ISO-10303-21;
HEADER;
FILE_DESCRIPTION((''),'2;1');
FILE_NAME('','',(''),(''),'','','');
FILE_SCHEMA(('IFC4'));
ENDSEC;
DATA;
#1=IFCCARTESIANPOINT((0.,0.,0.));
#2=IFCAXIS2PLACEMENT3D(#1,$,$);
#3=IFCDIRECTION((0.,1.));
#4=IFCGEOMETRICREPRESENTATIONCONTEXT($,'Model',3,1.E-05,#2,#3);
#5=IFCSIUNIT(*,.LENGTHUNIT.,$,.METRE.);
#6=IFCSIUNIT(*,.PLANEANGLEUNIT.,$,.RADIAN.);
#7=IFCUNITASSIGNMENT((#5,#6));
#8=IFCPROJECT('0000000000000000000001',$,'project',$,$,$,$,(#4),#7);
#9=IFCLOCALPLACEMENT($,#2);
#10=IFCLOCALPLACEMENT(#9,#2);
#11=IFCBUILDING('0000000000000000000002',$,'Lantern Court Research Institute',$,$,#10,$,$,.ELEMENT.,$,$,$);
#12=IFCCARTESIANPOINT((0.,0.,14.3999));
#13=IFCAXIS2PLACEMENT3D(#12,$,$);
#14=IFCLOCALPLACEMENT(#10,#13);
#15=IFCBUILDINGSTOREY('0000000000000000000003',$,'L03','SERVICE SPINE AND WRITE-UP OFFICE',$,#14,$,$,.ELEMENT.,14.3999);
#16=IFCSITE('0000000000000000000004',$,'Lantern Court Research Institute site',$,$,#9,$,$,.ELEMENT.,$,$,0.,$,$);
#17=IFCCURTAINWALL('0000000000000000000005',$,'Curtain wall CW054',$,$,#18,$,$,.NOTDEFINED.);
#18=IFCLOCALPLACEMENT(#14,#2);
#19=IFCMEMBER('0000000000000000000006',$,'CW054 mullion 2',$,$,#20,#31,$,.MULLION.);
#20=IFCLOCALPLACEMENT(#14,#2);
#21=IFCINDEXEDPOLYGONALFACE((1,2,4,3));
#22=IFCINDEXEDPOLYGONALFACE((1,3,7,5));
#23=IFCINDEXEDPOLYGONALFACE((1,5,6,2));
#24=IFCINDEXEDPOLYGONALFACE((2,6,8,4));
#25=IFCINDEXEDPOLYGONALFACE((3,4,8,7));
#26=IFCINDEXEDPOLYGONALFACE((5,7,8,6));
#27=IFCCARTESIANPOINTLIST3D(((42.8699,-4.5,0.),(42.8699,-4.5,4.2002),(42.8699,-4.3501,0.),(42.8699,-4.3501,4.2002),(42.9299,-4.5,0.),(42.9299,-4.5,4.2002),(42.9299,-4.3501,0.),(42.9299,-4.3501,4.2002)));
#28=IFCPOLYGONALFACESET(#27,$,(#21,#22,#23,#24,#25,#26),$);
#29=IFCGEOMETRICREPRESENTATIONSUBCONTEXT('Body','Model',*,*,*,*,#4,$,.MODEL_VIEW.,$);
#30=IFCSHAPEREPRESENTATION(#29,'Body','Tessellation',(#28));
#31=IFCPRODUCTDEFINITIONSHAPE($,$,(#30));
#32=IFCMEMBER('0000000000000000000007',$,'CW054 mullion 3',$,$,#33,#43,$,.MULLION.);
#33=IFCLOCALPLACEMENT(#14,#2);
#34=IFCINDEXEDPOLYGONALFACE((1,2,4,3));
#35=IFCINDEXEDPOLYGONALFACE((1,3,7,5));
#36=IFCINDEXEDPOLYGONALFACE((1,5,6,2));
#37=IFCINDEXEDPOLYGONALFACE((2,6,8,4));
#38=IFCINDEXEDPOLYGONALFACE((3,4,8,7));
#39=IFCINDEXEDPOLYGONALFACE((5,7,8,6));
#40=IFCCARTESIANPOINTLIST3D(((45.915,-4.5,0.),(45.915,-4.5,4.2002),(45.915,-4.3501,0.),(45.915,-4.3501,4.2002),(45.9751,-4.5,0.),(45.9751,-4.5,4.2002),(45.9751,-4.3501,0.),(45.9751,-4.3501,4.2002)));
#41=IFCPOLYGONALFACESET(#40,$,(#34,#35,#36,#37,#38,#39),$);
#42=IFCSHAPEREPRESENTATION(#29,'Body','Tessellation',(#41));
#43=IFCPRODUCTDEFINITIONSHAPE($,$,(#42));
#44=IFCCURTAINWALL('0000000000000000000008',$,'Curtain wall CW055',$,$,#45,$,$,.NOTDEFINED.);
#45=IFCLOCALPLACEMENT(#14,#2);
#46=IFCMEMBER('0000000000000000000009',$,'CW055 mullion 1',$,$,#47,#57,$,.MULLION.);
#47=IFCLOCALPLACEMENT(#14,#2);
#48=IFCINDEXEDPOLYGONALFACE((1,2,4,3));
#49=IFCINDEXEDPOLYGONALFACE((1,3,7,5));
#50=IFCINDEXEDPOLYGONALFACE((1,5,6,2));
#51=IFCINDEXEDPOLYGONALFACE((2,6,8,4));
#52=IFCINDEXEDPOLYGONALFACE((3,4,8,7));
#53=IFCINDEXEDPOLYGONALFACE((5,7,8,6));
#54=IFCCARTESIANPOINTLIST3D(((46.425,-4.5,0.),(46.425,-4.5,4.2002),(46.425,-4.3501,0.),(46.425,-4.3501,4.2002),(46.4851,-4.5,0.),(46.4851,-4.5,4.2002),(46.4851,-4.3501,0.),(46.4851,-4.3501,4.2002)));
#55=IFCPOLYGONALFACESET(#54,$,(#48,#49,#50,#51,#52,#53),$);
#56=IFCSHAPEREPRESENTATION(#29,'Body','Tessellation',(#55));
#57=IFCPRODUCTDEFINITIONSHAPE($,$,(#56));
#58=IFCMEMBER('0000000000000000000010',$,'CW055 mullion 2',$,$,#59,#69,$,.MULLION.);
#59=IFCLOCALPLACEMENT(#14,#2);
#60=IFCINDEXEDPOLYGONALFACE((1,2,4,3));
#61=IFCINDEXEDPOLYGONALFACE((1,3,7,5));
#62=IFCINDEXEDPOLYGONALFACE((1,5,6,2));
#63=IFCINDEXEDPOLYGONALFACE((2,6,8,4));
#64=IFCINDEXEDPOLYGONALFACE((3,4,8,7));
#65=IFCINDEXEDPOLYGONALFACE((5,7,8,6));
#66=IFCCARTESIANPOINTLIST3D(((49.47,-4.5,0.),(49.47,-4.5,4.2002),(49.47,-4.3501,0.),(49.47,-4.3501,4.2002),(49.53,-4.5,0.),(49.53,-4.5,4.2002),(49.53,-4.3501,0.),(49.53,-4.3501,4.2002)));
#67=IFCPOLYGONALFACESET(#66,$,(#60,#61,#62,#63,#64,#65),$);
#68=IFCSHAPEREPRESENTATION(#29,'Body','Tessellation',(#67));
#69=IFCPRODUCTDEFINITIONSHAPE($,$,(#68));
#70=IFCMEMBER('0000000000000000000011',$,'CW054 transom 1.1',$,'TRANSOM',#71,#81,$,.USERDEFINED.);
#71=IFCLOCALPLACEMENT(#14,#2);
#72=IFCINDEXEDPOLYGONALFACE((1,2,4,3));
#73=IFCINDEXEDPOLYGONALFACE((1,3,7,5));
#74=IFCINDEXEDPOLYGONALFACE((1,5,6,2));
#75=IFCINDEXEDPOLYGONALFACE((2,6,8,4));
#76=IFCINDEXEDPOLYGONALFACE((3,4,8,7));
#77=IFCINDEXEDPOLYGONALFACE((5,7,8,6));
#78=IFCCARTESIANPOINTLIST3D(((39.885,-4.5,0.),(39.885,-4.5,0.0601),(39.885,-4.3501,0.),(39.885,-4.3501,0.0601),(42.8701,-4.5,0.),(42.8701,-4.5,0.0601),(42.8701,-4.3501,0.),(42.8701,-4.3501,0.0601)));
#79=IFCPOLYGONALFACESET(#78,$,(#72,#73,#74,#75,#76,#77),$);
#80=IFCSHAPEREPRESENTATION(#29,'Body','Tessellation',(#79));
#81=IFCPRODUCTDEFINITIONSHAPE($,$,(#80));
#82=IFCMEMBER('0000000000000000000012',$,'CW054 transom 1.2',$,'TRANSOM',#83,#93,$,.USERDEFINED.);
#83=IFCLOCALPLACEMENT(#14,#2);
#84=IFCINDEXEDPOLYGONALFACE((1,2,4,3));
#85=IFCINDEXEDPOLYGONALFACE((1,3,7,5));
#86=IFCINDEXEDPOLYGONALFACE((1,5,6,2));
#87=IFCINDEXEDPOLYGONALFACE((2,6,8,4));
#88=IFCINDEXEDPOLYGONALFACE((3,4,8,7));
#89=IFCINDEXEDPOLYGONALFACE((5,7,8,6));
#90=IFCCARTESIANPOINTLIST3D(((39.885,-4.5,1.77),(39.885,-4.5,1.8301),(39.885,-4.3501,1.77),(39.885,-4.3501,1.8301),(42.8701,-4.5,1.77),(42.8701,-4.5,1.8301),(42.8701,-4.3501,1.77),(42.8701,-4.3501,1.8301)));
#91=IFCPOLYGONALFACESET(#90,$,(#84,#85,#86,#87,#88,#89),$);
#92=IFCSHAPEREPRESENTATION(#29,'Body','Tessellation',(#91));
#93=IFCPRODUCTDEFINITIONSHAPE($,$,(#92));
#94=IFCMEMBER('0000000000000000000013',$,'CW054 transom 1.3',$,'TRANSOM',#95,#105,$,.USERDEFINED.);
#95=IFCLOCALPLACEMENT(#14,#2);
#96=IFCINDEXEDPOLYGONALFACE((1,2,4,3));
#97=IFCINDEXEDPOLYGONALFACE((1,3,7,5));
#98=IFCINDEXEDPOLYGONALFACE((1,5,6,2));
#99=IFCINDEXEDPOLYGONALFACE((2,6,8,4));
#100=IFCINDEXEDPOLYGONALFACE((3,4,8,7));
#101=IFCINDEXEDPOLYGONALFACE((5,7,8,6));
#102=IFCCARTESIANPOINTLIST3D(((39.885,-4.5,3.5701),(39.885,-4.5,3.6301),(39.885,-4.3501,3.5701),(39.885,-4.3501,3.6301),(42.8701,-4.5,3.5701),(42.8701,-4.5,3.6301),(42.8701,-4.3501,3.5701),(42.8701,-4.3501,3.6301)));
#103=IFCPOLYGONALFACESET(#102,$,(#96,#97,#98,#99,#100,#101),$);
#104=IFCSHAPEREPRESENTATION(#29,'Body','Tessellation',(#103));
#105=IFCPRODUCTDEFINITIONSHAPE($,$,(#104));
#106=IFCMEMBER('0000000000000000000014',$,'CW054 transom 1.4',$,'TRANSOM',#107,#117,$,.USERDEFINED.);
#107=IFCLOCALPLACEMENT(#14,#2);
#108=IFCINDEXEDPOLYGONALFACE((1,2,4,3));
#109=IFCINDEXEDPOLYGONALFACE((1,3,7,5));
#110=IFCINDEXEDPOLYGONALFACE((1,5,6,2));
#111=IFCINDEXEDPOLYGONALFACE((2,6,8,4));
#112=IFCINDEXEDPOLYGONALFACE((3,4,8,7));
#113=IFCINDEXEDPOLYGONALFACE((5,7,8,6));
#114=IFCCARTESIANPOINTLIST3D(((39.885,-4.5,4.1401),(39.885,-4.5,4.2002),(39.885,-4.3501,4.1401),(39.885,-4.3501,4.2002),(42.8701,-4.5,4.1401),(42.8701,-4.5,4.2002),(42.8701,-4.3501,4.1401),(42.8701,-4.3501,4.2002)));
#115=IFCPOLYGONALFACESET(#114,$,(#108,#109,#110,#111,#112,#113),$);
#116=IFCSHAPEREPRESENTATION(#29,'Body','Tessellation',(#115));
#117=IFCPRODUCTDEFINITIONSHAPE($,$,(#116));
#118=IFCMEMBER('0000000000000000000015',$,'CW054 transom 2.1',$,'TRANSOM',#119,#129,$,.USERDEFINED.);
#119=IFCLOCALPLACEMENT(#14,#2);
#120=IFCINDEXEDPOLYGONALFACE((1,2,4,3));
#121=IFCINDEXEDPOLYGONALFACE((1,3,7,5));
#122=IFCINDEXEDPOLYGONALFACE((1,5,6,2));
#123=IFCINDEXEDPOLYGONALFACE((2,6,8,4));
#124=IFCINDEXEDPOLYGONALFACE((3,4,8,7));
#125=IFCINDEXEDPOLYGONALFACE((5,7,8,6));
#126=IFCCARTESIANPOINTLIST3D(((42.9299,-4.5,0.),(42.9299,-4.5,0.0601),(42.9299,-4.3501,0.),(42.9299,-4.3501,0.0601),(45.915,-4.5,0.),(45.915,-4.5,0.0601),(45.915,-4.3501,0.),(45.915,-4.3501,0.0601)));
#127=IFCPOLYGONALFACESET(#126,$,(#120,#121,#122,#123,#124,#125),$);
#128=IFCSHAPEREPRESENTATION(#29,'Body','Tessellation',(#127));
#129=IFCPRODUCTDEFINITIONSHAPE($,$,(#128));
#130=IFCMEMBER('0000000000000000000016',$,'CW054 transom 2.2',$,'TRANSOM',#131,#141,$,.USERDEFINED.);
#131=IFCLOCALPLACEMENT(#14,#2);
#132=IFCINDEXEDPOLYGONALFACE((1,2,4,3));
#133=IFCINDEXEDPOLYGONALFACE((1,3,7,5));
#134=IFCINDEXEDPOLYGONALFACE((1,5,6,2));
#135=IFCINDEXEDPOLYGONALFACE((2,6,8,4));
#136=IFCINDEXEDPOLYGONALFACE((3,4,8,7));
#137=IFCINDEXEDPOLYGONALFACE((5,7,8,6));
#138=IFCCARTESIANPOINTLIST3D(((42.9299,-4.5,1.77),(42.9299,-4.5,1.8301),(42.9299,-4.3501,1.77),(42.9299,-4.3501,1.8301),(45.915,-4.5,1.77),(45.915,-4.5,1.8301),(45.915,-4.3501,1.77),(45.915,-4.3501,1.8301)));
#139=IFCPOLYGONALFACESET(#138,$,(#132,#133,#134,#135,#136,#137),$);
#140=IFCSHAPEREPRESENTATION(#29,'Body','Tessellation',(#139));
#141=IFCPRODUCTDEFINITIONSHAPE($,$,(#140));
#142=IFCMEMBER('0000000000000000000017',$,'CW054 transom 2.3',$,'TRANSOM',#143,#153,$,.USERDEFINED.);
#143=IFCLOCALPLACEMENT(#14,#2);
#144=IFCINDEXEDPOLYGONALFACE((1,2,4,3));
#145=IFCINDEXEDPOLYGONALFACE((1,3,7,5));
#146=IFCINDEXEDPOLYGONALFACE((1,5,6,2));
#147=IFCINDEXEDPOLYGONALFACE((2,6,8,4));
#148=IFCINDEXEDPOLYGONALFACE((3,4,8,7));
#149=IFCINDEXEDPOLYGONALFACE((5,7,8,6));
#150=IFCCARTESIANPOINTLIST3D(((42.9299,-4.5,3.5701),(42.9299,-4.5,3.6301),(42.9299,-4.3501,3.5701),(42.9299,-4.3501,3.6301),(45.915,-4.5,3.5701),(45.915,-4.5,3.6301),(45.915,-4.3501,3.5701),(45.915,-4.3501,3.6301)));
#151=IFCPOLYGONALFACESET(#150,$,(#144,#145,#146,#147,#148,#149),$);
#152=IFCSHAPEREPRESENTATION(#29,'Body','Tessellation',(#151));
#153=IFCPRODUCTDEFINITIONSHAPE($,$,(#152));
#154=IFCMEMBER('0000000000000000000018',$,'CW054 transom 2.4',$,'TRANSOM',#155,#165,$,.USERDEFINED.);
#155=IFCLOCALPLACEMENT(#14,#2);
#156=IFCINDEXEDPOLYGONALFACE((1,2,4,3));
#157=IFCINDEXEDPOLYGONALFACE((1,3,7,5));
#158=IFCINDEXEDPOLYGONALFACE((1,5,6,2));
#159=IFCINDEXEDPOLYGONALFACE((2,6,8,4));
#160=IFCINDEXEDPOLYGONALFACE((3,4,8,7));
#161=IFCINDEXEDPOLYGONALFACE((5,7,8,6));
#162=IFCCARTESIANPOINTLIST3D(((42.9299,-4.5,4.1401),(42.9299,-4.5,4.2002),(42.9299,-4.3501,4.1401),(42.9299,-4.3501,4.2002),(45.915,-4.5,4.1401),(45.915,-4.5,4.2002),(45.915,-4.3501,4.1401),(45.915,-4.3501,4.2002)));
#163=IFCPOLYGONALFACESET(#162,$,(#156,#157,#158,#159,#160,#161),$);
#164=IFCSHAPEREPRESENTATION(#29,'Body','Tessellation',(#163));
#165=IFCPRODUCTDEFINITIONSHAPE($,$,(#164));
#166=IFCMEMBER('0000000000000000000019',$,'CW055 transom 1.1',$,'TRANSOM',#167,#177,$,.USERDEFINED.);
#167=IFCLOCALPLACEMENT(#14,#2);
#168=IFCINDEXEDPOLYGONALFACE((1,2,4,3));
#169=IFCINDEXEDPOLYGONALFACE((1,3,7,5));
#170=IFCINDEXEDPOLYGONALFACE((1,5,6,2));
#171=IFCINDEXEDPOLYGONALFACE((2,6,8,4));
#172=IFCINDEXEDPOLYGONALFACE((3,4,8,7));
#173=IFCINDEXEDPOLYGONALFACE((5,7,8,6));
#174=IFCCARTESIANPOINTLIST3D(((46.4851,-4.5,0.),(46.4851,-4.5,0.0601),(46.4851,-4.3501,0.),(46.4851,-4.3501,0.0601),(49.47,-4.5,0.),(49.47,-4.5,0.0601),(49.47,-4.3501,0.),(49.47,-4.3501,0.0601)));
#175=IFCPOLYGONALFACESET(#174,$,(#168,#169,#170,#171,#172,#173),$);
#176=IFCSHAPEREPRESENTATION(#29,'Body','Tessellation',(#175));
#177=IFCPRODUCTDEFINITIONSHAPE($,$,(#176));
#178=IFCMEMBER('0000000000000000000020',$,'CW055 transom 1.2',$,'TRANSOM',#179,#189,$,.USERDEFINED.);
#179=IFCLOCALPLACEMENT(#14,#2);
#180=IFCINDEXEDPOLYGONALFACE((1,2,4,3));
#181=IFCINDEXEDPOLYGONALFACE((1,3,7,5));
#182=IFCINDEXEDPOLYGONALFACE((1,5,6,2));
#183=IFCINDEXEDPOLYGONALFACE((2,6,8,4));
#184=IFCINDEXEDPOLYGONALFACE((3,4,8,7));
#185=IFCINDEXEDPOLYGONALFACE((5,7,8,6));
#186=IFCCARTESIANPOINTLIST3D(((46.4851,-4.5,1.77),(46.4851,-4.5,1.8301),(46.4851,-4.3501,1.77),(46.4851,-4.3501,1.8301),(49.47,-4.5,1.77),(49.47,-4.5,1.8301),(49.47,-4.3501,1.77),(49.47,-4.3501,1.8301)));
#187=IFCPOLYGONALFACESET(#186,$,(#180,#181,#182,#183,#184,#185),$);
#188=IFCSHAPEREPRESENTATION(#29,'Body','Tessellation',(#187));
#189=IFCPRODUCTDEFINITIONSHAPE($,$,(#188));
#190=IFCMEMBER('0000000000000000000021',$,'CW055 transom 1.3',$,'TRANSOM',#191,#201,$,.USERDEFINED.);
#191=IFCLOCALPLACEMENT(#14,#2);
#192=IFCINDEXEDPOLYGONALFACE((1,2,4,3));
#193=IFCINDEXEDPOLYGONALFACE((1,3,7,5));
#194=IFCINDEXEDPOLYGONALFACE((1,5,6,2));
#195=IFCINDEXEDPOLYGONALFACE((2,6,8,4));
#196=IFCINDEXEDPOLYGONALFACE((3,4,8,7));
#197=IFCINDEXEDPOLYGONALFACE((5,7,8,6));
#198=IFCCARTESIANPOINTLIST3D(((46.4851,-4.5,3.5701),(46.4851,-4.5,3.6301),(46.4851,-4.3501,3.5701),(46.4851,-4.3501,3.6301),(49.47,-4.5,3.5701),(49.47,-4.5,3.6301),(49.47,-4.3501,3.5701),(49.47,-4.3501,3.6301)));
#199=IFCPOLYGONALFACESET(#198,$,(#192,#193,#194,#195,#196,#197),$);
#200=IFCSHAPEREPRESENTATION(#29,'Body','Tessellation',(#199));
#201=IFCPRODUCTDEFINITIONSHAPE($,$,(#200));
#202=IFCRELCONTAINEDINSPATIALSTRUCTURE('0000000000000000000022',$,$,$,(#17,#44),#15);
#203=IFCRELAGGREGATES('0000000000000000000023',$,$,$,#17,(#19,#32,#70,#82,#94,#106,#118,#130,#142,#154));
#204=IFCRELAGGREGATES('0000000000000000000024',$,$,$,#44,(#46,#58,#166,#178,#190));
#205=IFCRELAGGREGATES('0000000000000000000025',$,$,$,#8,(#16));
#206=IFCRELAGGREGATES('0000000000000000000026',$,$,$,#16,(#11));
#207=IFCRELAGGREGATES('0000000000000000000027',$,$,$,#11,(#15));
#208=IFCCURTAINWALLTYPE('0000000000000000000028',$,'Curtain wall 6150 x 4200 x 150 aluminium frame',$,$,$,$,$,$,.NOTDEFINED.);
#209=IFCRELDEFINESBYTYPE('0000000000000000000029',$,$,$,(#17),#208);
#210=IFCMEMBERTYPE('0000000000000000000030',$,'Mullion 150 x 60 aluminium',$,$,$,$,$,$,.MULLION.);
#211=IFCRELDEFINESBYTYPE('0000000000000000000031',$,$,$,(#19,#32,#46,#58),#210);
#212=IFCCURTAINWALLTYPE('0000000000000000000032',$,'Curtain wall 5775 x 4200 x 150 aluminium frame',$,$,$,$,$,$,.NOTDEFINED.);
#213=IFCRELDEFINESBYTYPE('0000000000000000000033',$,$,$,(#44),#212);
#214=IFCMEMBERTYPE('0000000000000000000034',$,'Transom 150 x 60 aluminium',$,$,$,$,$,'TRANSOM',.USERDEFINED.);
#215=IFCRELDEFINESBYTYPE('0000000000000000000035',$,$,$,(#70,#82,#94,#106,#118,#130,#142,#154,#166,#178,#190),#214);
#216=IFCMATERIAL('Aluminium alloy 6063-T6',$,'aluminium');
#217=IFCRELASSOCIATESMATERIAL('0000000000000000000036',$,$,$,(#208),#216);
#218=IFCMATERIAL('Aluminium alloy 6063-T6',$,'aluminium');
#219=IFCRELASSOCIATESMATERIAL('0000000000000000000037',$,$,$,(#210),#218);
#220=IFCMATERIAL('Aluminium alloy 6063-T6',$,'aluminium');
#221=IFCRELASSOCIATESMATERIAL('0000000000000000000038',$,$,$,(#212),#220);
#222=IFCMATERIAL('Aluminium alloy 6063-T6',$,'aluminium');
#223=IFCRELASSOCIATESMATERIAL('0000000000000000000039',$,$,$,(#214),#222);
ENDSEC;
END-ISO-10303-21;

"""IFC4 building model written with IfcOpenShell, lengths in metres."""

from ifc_helpers import new_model, si_unit, direction, frame, origin, origin_2d, place, context, subcontext, project, spatial, rectangle, extrude, material, material_profile, profile_set, type_object, element, aggregate, save


model = new_model("IFC4")

# Units and contexts
model_context = context("Model", 3, precision=1e-05, world=origin(), true_north=direction((0.0, 1.0)))
body_context = subcontext(model_context, "Body", "Model", "MODEL_VIEW")
ifc_project = project(units=[si_unit("LENGTHUNIT", "METRE"), si_unit("PLANEANGLEUNIT", "RADIAN")], contexts=[model_context])

# Site, building, storey
site_placement = place(None, origin())
site = spatial("IfcSite", under=ifc_project, at=site_placement, Name="Lantern Court Research Institute site", CompositionType="ELEMENT", RefElevation=0.0)
building_placement = place(site_placement, origin())
building = spatial("IfcBuilding", under=site, at=building_placement, Name="Lantern Court Research Institute", CompositionType="ELEMENT")
storey_placement = place(building_placement, frame((0.0, 0.0, 14.3999)))
storey = spatial("IfcBuildingStorey", under=building, at=storey_placement, Name="L03", Description="SERVICE SPINE AND WRITE-UP OFFICE", CompositionType="ELEMENT", Elevation=14.3999)

# Curtain walls, members
ifc_material_1 = material(Name="Aluminium alloy 6063-T6", Category="aluminium")
curtain_wall_type_1 = type_object("IfcCurtainWallType", Name="Curtain wall 6150 x 4200 x 150 aluminium frame", PredefinedType="NOTDEFINED", material=ifc_material_1)
curtain_wall_1_placement = place(storey_placement, origin())
curtain_wall_1 = element("IfcCurtainWall", 1, at=curtain_wall_1_placement, inside=storey, type_object=curtain_wall_type_1, Name="Curtain wall CW054", PredefinedType="NOTDEFINED")
ifc_material_2 = material(Name="Aluminium alloy 6063-T6", Category="aluminium")
ifc_material_profile_1 = material_profile(ifc_material_2, rectangle(XDim=0.1499, YDim=0.0601, at=origin_2d()), Name="Mullion 150 x 60")
ifc_profile_set_1 = profile_set([ifc_material_profile_1], Name="Aluminium alloy 6063-T6")
member_type_1 = type_object("IfcMemberType", Name="Mullion 150 x 60 aluminium", PredefinedType="MULLION", material=ifc_profile_set_1)
member_1_placement = place(storey_placement, frame((42.8999, -4.425, 0.0), z_axis=(0.0, 0.0, 1.0), x_axis=(0.0, -1.0, 0.0)))
member_1 = element("IfcMember", 2, at=member_1_placement, type_object=member_type_1, Name="CW054 mullion 2", PredefinedType="MULLION", context=body_context, shape_type="SweptSolid", body=[
    extrude(rectangle(XDim=0.1499, YDim=0.0601, at=origin_2d()), origin(), (0.0, 0.0, 1.0), 4.2002),
])
member_2_placement = place(storey_placement, frame((45.9451, -4.425, 0.0), z_axis=(0.0, 0.0, 1.0), x_axis=(0.0, -1.0, 0.0)))
member_2 = element("IfcMember", 3, at=member_2_placement, type_object=member_type_1, Name="CW054 mullion 3", PredefinedType="MULLION", context=body_context, shape_type="SweptSolid", body=[
    extrude(rectangle(XDim=0.1499, YDim=0.0601, at=origin_2d()), origin(), (0.0, 0.0, 1.0), 4.2002),
])
ifc_material_3 = material(Name="Aluminium alloy 6063-T6", Category="aluminium")
curtain_wall_type_2 = type_object("IfcCurtainWallType", Name="Curtain wall 5775 x 4200 x 150 aluminium frame", PredefinedType="NOTDEFINED", material=ifc_material_3)
curtain_wall_2_placement = place(storey_placement, origin())
curtain_wall_2 = element("IfcCurtainWall", 4, at=curtain_wall_2_placement, inside=storey, type_object=curtain_wall_type_2, Name="Curtain wall CW055", PredefinedType="NOTDEFINED")
member_3_placement = place(storey_placement, frame((46.4551, -4.425, 0.0), z_axis=(0.0, 0.0, 1.0), x_axis=(0.0, -1.0, 0.0)))
member_3 = element("IfcMember", 5, at=member_3_placement, type_object=member_type_1, Name="CW055 mullion 1", PredefinedType="MULLION", context=body_context, shape_type="SweptSolid", body=[
    extrude(rectangle(XDim=0.1499, YDim=0.0601, at=origin_2d()), origin(), (0.0, 0.0, 1.0), 4.2002),
])
member_4_placement = place(storey_placement, frame((49.5, -4.425, 0.0), z_axis=(0.0, 0.0, 1.0), x_axis=(0.0, -1.0, 0.0)))
member_4 = element("IfcMember", 6, at=member_4_placement, type_object=member_type_1, Name="CW055 mullion 2", PredefinedType="MULLION", context=body_context, shape_type="SweptSolid", body=[
    extrude(rectangle(XDim=0.1499, YDim=0.0601, at=origin_2d()), origin(), (0.0, 0.0, 1.0), 4.2002),
])

# Members
ifc_material_4 = material(Name="Aluminium alloy 6063-T6", Category="aluminium")
ifc_material_profile_2 = material_profile(ifc_material_4, rectangle(XDim=0.1499, YDim=0.0601, at=origin_2d()), Name="Transom 150 x 60")
ifc_profile_set_2 = profile_set([ifc_material_profile_2], Name="Aluminium alloy 6063-T6")
member_type_2 = type_object("IfcMemberType", Name="Transom 150 x 60 aluminium", ElementType="TRANSOM", PredefinedType="USERDEFINED", material=ifc_profile_set_2)
member_5_placement = place(storey_placement, frame((42.8701, -4.425, 0.03), z_axis=(-1.0, 0.0, 0.0), x_axis=(0.0, -1.0, 0.0)))
member_5 = element("IfcMember", 7, at=member_5_placement, type_object=member_type_2, Name="CW054 transom 1.1", ObjectType="TRANSOM", PredefinedType="USERDEFINED", context=body_context, shape_type="SweptSolid", body=[
    extrude(rectangle(XDim=0.1499, YDim=0.0601, at=origin_2d()), origin(), (0.0, 0.0, 1.0), 2.9851),
])
member_6_placement = place(storey_placement, frame((42.8701, -4.425, 1.8), z_axis=(-1.0, 0.0, 0.0), x_axis=(0.0, -1.0, 0.0)))
member_6 = element("IfcMember", 8, at=member_6_placement, type_object=member_type_2, Name="CW054 transom 1.2", ObjectType="TRANSOM", PredefinedType="USERDEFINED", context=body_context, shape_type="SweptSolid", body=[
    extrude(rectangle(XDim=0.1499, YDim=0.0601, at=origin_2d()), origin(), (0.0, 0.0, 1.0), 2.9851),
])
member_7_placement = place(storey_placement, frame((42.8701, -4.425, 3.6001), z_axis=(-1.0, 0.0, 0.0), x_axis=(0.0, -1.0, 0.0)))
member_7 = element("IfcMember", 9, at=member_7_placement, type_object=member_type_2, Name="CW054 transom 1.3", ObjectType="TRANSOM", PredefinedType="USERDEFINED", context=body_context, shape_type="SweptSolid", body=[
    extrude(rectangle(XDim=0.1499, YDim=0.0601, at=origin_2d()), origin(), (0.0, 0.0, 1.0), 2.9851),
])
member_8_placement = place(storey_placement, frame((42.8701, -4.425, 4.1702), z_axis=(-1.0, 0.0, 0.0), x_axis=(0.0, -1.0, 0.0)))
member_8 = element("IfcMember", 10, at=member_8_placement, type_object=member_type_2, Name="CW054 transom 1.4", ObjectType="TRANSOM", PredefinedType="USERDEFINED", context=body_context, shape_type="SweptSolid", body=[
    extrude(rectangle(XDim=0.1499, YDim=0.0601, at=origin_2d()), origin(), (0.0, 0.0, 1.0), 2.9851),
])
member_9_placement = place(storey_placement, frame((45.915, -4.425, 0.03), z_axis=(-1.0, 0.0, 0.0), x_axis=(0.0, -1.0, 0.0)))
member_9 = element("IfcMember", 11, at=member_9_placement, type_object=member_type_2, Name="CW054 transom 2.1", ObjectType="TRANSOM", PredefinedType="USERDEFINED", context=body_context, shape_type="SweptSolid", body=[
    extrude(rectangle(XDim=0.1499, YDim=0.0601, at=origin_2d()), origin(), (0.0, 0.0, 1.0), 2.9851),
])
member_10_placement = place(storey_placement, frame((45.915, -4.425, 1.8), z_axis=(-1.0, 0.0, 0.0), x_axis=(0.0, -1.0, 0.0)))
member_10 = element("IfcMember", 12, at=member_10_placement, type_object=member_type_2, Name="CW054 transom 2.2", ObjectType="TRANSOM", PredefinedType="USERDEFINED", context=body_context, shape_type="SweptSolid", body=[
    extrude(rectangle(XDim=0.1499, YDim=0.0601, at=origin_2d()), origin(), (0.0, 0.0, 1.0), 2.9851),
])
member_11_placement = place(storey_placement, frame((45.915, -4.425, 3.6001), z_axis=(-1.0, 0.0, 0.0), x_axis=(0.0, -1.0, 0.0)))
member_11 = element("IfcMember", 13, at=member_11_placement, type_object=member_type_2, Name="CW054 transom 2.3", ObjectType="TRANSOM", PredefinedType="USERDEFINED", context=body_context, shape_type="SweptSolid", body=[
    extrude(rectangle(XDim=0.1499, YDim=0.0601, at=origin_2d()), origin(), (0.0, 0.0, 1.0), 2.9851),
])
member_12_placement = place(storey_placement, frame((45.915, -4.425, 4.1702), z_axis=(-1.0, 0.0, 0.0), x_axis=(0.0, -1.0, 0.0)))
member_12 = element("IfcMember", 14, at=member_12_placement, type_object=member_type_2, Name="CW054 transom 2.4", ObjectType="TRANSOM", PredefinedType="USERDEFINED", context=body_context, shape_type="SweptSolid", body=[
    extrude(rectangle(XDim=0.1499, YDim=0.0601, at=origin_2d()), origin(), (0.0, 0.0, 1.0), 2.9851),
])
member_13_placement = place(storey_placement, frame((49.47, -4.425, 0.03), z_axis=(-1.0, 0.0, 0.0), x_axis=(0.0, -1.0, 0.0)))
member_13 = element("IfcMember", 15, at=member_13_placement, type_object=member_type_2, Name="CW055 transom 1.1", ObjectType="TRANSOM", PredefinedType="USERDEFINED", context=body_context, shape_type="SweptSolid", body=[
    extrude(rectangle(XDim=0.1499, YDim=0.0601, at=origin_2d()), origin(), (0.0, 0.0, 1.0), 2.9849),
])
member_14_placement = place(storey_placement, frame((49.47, -4.425, 1.8), z_axis=(-1.0, 0.0, 0.0), x_axis=(0.0, -1.0, 0.0)))
member_14 = element("IfcMember", 16, at=member_14_placement, type_object=member_type_2, Name="CW055 transom 1.2", ObjectType="TRANSOM", PredefinedType="USERDEFINED", context=body_context, shape_type="SweptSolid", body=[
    extrude(rectangle(XDim=0.1499, YDim=0.0601, at=origin_2d()), origin(), (0.0, 0.0, 1.0), 2.9849),
])
member_15_placement = place(storey_placement, frame((49.47, -4.425, 3.6001), z_axis=(-1.0, 0.0, 0.0), x_axis=(0.0, -1.0, 0.0)))
member_15 = element("IfcMember", 17, at=member_15_placement, type_object=member_type_2, Name="CW055 transom 1.3", ObjectType="TRANSOM", PredefinedType="USERDEFINED", context=body_context, shape_type="SweptSolid", body=[
    extrude(rectangle(XDim=0.1499, YDim=0.0601, at=origin_2d()), origin(), (0.0, 0.0, 1.0), 2.9849),
])

aggregate(curtain_wall_1, [member_1, member_2, member_5, member_6, member_7, member_8, member_9, member_10, member_11, member_12])
aggregate(curtain_wall_2, [member_3, member_4, member_13, member_14, member_15])

save(model, "model.ifc")
